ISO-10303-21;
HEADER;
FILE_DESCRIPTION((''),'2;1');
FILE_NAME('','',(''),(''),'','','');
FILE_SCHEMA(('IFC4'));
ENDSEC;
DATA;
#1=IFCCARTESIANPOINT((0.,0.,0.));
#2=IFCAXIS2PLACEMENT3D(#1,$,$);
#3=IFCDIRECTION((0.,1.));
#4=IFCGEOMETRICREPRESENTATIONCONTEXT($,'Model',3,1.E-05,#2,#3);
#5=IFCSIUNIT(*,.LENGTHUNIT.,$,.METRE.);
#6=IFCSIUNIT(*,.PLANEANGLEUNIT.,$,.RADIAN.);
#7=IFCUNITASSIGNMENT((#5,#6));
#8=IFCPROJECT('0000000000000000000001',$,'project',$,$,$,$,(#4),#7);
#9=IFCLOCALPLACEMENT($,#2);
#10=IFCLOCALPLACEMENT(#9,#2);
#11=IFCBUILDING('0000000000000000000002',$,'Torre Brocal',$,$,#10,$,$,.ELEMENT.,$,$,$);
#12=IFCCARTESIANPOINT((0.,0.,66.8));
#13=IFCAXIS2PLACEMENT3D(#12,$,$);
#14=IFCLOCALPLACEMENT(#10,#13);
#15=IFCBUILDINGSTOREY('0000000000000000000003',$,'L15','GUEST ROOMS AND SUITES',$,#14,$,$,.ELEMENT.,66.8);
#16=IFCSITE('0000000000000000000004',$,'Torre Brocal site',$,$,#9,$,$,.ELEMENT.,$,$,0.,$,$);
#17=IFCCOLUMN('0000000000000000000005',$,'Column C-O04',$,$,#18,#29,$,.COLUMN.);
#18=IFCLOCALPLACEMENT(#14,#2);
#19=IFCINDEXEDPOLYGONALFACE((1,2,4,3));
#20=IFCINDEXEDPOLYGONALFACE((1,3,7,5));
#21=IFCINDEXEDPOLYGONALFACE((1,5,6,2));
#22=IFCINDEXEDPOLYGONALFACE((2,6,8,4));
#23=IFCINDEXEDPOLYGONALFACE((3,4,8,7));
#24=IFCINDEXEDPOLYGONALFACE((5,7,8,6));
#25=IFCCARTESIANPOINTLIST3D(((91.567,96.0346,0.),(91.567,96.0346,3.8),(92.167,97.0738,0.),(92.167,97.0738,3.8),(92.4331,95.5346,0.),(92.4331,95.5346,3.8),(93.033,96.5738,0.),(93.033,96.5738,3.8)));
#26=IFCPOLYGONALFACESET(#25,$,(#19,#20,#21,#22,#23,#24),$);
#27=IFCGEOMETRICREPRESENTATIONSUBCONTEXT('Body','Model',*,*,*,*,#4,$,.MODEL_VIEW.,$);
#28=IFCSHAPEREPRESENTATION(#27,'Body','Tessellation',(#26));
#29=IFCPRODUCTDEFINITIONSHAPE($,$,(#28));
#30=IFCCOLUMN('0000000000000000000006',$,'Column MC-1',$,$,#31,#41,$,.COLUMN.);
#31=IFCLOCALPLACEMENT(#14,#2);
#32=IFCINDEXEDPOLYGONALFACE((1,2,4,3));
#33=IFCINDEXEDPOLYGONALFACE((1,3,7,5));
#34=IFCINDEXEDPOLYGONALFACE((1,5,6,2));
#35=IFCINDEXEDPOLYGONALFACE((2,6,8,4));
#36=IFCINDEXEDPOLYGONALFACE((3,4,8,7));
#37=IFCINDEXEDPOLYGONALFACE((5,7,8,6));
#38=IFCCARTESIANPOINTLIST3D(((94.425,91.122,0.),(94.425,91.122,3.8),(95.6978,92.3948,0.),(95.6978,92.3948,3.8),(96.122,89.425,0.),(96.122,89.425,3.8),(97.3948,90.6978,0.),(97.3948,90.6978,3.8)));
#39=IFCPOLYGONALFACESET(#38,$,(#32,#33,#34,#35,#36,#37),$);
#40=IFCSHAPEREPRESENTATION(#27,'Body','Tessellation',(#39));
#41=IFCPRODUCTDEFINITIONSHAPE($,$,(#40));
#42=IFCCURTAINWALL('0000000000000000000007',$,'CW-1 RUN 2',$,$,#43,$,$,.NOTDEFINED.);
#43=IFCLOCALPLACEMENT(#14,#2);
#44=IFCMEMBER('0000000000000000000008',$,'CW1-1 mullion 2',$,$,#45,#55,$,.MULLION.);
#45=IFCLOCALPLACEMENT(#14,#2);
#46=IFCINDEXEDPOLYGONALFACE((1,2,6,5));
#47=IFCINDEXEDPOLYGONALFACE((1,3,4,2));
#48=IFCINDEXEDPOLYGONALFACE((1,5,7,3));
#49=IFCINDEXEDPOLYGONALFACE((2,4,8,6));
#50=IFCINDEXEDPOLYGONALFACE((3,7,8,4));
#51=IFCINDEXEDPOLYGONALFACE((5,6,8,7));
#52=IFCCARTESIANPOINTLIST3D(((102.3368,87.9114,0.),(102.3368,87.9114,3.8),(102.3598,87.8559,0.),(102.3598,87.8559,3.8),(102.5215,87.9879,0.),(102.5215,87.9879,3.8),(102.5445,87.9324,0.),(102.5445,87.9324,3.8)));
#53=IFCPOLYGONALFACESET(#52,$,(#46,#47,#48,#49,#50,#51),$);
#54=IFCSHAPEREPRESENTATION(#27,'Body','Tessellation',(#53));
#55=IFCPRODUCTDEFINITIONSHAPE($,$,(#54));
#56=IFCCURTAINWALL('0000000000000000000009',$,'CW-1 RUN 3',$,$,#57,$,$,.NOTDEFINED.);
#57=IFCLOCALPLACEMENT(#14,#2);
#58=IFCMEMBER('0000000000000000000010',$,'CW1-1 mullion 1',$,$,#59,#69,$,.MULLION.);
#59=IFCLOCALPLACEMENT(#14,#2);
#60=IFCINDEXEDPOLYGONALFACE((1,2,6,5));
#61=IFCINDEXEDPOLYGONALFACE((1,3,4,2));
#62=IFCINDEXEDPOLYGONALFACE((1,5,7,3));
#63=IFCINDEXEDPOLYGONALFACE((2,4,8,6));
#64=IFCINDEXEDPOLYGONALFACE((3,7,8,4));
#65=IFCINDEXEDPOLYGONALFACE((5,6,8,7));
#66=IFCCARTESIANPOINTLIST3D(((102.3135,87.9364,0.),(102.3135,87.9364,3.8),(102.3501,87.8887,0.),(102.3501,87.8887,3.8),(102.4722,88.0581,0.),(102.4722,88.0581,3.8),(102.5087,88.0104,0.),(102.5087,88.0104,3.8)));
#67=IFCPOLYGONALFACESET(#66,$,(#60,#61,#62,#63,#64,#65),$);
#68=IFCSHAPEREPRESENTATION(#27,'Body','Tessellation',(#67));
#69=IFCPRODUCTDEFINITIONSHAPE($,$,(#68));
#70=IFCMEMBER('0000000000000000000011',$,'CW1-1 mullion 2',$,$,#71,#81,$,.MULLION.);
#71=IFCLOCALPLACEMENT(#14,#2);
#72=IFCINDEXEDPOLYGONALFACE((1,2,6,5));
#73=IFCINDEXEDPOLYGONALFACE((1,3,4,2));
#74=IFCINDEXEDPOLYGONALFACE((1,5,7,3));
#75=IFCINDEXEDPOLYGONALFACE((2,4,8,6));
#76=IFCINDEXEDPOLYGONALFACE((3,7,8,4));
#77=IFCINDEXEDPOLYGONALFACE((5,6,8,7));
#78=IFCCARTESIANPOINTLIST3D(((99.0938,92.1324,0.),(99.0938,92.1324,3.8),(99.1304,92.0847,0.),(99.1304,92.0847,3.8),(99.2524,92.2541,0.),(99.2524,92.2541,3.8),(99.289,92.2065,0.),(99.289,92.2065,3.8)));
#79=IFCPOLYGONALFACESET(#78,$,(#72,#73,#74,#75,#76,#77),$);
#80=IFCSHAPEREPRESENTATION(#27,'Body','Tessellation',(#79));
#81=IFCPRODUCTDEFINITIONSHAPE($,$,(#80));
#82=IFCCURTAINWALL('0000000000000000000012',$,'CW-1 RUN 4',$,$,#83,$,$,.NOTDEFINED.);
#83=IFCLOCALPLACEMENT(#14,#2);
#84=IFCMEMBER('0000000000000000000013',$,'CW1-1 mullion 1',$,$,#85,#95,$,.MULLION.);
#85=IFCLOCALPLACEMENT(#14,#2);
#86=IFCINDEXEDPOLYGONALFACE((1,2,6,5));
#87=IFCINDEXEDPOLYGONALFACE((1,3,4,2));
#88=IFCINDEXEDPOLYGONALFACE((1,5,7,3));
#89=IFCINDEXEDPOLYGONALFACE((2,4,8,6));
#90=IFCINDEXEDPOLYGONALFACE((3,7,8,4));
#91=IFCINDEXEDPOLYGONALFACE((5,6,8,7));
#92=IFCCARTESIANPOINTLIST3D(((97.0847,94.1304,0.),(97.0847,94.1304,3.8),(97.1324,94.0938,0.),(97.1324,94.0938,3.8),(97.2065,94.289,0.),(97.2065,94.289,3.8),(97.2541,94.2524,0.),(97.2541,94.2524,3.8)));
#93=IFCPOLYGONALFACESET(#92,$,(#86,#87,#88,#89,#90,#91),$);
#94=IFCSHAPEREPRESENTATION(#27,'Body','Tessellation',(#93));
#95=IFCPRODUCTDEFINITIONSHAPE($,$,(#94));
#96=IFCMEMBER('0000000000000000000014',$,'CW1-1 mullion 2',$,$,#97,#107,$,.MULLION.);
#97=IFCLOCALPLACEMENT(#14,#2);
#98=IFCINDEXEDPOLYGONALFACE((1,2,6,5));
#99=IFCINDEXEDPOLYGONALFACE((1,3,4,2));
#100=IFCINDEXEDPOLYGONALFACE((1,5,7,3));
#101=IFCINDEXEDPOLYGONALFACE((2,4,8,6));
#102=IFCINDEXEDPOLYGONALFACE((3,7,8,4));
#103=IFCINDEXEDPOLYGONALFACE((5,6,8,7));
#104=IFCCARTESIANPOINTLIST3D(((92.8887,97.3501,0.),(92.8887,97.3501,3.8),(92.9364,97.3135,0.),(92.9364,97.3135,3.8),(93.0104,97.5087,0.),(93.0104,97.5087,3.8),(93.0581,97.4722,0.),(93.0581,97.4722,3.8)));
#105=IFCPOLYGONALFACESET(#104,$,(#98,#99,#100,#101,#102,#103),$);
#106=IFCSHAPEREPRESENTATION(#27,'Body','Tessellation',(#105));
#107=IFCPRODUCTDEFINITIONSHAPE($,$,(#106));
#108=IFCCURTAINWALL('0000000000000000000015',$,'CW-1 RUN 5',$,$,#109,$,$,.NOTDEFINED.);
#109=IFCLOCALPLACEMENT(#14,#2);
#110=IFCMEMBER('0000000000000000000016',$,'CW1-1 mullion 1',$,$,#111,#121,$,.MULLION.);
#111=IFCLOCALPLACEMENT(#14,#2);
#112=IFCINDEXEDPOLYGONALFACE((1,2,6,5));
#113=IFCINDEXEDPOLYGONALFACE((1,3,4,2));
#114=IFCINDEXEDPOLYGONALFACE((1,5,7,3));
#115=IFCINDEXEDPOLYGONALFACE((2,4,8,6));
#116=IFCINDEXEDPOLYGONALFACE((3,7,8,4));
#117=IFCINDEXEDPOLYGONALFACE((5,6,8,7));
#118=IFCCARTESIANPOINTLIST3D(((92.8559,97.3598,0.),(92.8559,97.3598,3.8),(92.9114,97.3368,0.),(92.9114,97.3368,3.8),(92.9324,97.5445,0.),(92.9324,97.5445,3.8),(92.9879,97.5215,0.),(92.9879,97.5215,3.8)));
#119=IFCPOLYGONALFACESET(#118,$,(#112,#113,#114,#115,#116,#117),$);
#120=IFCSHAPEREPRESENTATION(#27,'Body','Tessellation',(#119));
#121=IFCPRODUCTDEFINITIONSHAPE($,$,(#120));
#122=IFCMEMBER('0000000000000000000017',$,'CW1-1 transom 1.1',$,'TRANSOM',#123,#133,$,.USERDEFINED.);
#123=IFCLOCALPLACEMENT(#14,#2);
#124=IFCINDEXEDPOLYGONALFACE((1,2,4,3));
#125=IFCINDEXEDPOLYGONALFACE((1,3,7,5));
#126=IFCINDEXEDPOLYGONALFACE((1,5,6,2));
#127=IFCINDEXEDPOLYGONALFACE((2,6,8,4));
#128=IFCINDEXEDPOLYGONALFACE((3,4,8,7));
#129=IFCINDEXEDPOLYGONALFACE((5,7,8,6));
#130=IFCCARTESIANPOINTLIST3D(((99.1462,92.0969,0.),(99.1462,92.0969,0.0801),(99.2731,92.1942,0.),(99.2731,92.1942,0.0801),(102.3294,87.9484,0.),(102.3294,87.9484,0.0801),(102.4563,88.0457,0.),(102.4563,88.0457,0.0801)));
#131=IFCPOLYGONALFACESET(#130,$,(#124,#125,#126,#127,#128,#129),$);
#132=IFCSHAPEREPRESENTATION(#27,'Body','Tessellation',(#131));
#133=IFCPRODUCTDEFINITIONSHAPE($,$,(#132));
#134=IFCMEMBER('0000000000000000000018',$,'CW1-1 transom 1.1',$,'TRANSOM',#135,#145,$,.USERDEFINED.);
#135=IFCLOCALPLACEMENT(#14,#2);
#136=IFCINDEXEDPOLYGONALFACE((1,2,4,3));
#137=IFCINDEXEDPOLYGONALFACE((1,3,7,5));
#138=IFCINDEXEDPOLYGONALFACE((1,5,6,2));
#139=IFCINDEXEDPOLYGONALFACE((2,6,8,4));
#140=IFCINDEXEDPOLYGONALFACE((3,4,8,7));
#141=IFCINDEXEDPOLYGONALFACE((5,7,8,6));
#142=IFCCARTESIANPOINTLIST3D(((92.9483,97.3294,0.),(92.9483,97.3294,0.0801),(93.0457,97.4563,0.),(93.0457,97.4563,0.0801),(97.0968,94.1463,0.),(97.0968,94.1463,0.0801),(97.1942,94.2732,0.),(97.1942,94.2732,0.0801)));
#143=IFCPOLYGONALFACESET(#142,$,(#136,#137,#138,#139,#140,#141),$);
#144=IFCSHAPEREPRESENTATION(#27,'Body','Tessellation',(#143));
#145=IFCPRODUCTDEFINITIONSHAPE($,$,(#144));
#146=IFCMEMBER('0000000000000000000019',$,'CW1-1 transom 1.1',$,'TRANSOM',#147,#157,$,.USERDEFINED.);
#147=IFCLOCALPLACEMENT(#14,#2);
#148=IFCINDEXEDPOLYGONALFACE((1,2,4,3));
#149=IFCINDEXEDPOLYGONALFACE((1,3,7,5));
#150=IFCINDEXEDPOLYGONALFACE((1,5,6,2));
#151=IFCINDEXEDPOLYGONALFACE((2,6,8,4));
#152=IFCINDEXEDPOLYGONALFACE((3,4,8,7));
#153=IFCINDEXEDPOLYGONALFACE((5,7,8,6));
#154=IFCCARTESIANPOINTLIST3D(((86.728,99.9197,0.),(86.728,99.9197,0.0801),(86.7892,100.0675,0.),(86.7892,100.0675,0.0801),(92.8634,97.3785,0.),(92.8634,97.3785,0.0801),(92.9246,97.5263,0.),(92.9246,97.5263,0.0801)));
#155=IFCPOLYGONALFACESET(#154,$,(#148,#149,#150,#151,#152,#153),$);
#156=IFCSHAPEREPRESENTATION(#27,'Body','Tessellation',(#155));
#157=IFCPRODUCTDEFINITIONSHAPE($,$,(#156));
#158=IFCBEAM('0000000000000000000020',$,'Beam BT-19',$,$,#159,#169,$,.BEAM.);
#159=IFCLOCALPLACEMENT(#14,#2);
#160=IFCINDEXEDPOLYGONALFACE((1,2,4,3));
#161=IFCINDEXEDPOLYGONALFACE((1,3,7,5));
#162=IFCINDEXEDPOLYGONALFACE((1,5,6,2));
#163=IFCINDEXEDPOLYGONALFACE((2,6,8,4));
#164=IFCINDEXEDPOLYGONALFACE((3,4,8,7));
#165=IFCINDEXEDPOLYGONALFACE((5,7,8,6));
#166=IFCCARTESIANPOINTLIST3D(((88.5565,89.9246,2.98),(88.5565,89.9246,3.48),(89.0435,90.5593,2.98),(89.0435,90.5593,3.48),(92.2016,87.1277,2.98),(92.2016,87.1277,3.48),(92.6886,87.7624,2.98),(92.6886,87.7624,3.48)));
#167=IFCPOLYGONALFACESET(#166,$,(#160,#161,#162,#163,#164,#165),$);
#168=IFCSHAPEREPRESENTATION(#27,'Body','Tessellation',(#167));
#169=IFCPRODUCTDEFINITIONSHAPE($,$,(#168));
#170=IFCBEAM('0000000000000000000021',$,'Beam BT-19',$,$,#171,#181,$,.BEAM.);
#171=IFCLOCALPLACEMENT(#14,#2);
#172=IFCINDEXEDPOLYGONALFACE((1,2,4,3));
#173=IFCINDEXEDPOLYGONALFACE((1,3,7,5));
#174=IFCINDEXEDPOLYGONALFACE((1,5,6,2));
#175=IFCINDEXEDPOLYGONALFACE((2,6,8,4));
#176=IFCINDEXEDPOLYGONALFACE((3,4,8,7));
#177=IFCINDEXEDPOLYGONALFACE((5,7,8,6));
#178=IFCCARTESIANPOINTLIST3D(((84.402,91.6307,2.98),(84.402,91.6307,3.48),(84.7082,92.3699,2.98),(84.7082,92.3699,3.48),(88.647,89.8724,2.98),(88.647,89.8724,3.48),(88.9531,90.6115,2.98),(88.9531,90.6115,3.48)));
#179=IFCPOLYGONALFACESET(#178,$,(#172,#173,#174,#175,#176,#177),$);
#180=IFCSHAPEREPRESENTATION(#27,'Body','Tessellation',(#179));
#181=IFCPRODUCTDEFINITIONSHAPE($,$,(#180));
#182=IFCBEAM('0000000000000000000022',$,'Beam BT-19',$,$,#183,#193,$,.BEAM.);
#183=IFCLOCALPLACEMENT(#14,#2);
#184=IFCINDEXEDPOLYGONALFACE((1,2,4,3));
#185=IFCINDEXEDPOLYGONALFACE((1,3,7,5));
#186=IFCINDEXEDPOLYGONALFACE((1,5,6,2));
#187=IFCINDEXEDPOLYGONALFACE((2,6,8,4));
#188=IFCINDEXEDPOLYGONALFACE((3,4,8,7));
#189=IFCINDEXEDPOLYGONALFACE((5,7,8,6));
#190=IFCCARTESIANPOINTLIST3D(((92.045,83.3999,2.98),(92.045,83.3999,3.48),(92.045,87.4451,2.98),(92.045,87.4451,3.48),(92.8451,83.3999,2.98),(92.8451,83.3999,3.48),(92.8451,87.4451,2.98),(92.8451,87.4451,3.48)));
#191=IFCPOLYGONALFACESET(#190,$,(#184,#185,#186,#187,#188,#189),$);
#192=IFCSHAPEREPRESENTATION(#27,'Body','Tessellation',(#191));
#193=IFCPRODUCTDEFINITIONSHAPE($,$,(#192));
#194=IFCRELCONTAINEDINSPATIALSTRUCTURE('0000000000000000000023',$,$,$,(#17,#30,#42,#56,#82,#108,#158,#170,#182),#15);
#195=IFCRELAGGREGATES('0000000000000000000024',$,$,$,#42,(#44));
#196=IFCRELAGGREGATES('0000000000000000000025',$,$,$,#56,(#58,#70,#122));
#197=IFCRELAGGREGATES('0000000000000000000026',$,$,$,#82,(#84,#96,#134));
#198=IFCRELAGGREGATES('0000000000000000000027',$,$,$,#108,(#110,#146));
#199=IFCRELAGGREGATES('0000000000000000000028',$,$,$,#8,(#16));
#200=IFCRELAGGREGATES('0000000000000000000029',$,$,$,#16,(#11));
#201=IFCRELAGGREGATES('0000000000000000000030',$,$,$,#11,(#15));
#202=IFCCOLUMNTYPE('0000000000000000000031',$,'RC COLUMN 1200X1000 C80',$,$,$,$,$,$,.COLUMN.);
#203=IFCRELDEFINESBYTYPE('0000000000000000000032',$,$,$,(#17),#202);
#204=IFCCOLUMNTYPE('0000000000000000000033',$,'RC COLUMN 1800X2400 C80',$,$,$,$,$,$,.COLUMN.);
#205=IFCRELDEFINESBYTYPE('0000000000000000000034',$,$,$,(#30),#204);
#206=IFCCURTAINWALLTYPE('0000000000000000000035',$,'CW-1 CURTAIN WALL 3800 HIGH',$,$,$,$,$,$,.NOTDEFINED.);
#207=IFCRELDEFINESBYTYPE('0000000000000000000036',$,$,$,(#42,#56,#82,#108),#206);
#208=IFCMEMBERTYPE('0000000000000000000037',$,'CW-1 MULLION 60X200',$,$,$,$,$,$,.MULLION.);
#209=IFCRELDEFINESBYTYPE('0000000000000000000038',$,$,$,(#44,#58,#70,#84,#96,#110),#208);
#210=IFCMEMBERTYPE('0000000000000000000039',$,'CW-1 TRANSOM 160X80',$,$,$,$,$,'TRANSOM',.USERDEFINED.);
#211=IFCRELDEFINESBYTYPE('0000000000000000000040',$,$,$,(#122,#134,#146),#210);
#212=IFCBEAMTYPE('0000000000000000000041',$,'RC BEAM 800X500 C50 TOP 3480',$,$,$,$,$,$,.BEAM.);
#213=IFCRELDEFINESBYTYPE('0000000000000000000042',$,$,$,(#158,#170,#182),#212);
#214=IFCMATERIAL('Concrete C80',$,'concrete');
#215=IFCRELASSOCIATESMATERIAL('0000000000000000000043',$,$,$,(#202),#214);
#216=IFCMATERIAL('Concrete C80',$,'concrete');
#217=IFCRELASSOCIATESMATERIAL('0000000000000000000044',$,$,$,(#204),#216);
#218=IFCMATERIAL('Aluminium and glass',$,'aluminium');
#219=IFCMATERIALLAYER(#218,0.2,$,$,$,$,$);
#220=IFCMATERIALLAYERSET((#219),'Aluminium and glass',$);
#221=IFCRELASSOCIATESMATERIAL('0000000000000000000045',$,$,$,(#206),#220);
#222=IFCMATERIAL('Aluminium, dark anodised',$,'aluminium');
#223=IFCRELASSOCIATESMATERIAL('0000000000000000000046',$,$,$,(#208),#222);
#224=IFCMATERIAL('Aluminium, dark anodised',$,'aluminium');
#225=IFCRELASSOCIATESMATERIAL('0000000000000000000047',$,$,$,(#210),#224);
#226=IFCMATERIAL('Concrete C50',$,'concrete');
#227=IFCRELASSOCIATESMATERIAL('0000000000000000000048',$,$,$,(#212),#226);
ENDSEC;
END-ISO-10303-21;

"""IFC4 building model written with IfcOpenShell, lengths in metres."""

from ifc_helpers import new_model, si_unit, direction, frame, origin, origin_2d, place, context, subcontext, project, spatial, rectangle, extrude, material, layer, layer_set, material_profile, profile_set, type_object, element, aggregate, save


model = new_model("IFC4")

# Units and contexts
model_context = context("Model", 3, precision=1e-05, world=origin(), true_north=direction((0.0, 1.0)))
body_context = subcontext(model_context, "Body", "Model", "MODEL_VIEW")
ifc_project = project(units=[si_unit("LENGTHUNIT", "METRE"), si_unit("PLANEANGLEUNIT", "RADIAN")], contexts=[model_context])

# Site, building, storey
site_placement = place(None, origin())
site = spatial("IfcSite", under=ifc_project, at=site_placement, Name="Torre Brocal site", CompositionType="ELEMENT", RefElevation=0.0)
building_placement = place(site_placement, origin())
building = spatial("IfcBuilding", under=site, at=building_placement, Name="Torre Brocal", CompositionType="ELEMENT")
storey_placement = place(building_placement, frame((0.0, 0.0, 66.8)))
storey = spatial("IfcBuildingStorey", under=building, at=storey_placement, Name="L15", Description="GUEST ROOMS AND SUITES", CompositionType="ELEMENT", Elevation=66.8)

# Columns
ifc_material_1 = material(Name="Concrete C80", Category="concrete")
ifc_material_profile_1 = material_profile(ifc_material_1, rectangle(XDim=1.2, YDim=1.0, at=origin_2d()), Name="RC 1200X1000")
ifc_profile_set_1 = profile_set([ifc_material_profile_1], Name="Concrete C80")
column_type_1 = type_object("IfcColumnType", Name="RC COLUMN 1200X1000 C80", PredefinedType="COLUMN", material=ifc_profile_set_1)
column_1_placement = place(storey_placement, frame((92.3, 96.3042, 0.0), z_axis=(0.0, 0.0, 1.0), x_axis=(0.5, 0.866025, 0.0)))
element("IfcColumn", 1, at=column_1_placement, inside=storey, type_object=column_type_1, Name="Column C-O04", PredefinedType="COLUMN", context=body_context, shape_type="SweptSolid", body=[
    extrude(rectangle(XDim=1.2, YDim=1.0, at=origin_2d()), origin(), (0.0, 0.0, 1.0), 3.8),
])
ifc_material_2 = material(Name="Concrete C80", Category="concrete")
ifc_material_profile_2 = material_profile(ifc_material_2, rectangle(XDim=1.8, YDim=2.3999, at=origin_2d()), Name="RC 1800X2400")
ifc_profile_set_2 = profile_set([ifc_material_profile_2], Name="Concrete C80")
column_type_2 = type_object("IfcColumnType", Name="RC COLUMN 1800X2400 C80", PredefinedType="COLUMN", material=ifc_profile_set_2)
column_2_placement = place(storey_placement, frame((95.9099, 90.9099, 0.0), z_axis=(0.0, 0.0, 1.0), x_axis=(0.707107, 0.707107, 0.0)))
element("IfcColumn", 2, at=column_2_placement, inside=storey, type_object=column_type_2, Name="Column MC-1", PredefinedType="COLUMN", context=body_context, shape_type="SweptSolid", body=[
    extrude(rectangle(XDim=1.8, YDim=2.3999, at=origin_2d()), origin(), (0.0, 0.0, 1.0), 3.8),
])

# Curtain wall, member
ifc_material_3 = material(Name="Aluminium and glass", Category="aluminium")
ifc_layer_1 = layer(ifc_material_3, 0.2)
ifc_layer_set_1 = layer_set([ifc_layer_1], Name="Aluminium and glass")
curtain_wall_type = type_object("IfcCurtainWallType", Name="CW-1 CURTAIN WALL 3800 HIGH", PredefinedType="NOTDEFINED", material=ifc_layer_set_1)
curtain_wall_1_placement = place(storey_placement, origin())
curtain_wall_1 = element("IfcCurtainWall", 3, at=curtain_wall_1_placement, inside=storey, type_object=curtain_wall_type, Name="CW-1 RUN 2", PredefinedType="NOTDEFINED")
ifc_material_4 = material(Name="Aluminium, dark anodised", Category="aluminium")
ifc_material_profile_3 = material_profile(ifc_material_4, rectangle(XDim=0.2, YDim=0.0601, at=origin_2d()), Name="CW-1 MULLION 60X200")
ifc_profile_set_3 = profile_set([ifc_material_profile_3], Name="Aluminium, dark anodised")
member_type_1 = type_object("IfcMemberType", Name="CW-1 MULLION 60X200", PredefinedType="MULLION", material=ifc_profile_set_3)
member_1_placement = place(storey_placement, frame((102.4407, 87.9219, 0.0), z_axis=(0.0, 0.0, 1.0), x_axis=(-0.92388, -0.382683, 0.0)))
member_1 = element("IfcMember", 4, at=member_1_placement, type_object=member_type_1, Name="CW1-1 mullion 2", PredefinedType="MULLION", context=body_context, shape_type="SweptSolid", body=[
    extrude(rectangle(XDim=0.2, YDim=0.0601, at=origin_2d()), origin(), (0.0, 0.0, 1.0), 3.8),
])
aggregate(curtain_wall_1, [member_1])

# Curtain walls, members
curtain_wall_2_placement = place(storey_placement, origin())
curtain_wall_2 = element("IfcCurtainWall", 5, at=curtain_wall_2_placement, inside=storey, type_object=curtain_wall_type, Name="CW-1 RUN 3", PredefinedType="NOTDEFINED")
member_2_placement = place(storey_placement, frame((102.4111, 87.9734, 0.0), z_axis=(0.0, 0.0, 1.0), x_axis=(-0.793353, -0.608761, 0.0)))
member_2 = element("IfcMember", 6, at=member_2_placement, type_object=member_type_1, Name="CW1-1 mullion 1", PredefinedType="MULLION", context=body_context, shape_type="SweptSolid", body=[
    extrude(rectangle(XDim=0.2, YDim=0.0601, at=origin_2d()), origin(), (0.0, 0.0, 1.0), 3.8),
])
member_3_placement = place(storey_placement, frame((99.1914, 92.1694, 0.0), z_axis=(0.0, 0.0, 1.0), x_axis=(-0.793353, -0.608761, 0.0)))
member_3 = element("IfcMember", 7, at=member_3_placement, type_object=member_type_1, Name="CW1-1 mullion 2", PredefinedType="MULLION", context=body_context, shape_type="SweptSolid", body=[
    extrude(rectangle(XDim=0.2, YDim=0.0601, at=origin_2d()), origin(), (0.0, 0.0, 1.0), 3.8),
])
curtain_wall_3_placement = place(storey_placement, origin())
curtain_wall_3 = element("IfcCurtainWall", 8, at=curtain_wall_3_placement, inside=storey, type_object=curtain_wall_type, Name="CW-1 RUN 4", PredefinedType="NOTDEFINED")
member_4_placement = place(storey_placement, frame((97.1694, 94.1914, 0.0), z_axis=(0.0, 0.0, 1.0), x_axis=(-0.608761, -0.793353, 0.0)))
member_4 = element("IfcMember", 9, at=member_4_placement, type_object=member_type_1, Name="CW1-1 mullion 1", PredefinedType="MULLION", context=body_context, shape_type="SweptSolid", body=[
    extrude(rectangle(XDim=0.2, YDim=0.0601, at=origin_2d()), origin(), (0.0, 0.0, 1.0), 3.8),
])
member_5_placement = place(storey_placement, frame((92.9734, 97.4111, 0.0), z_axis=(0.0, 0.0, 1.0), x_axis=(-0.608761, -0.793353, 0.0)))
member_5 = element("IfcMember", 10, at=member_5_placement, type_object=member_type_1, Name="CW1-1 mullion 2", PredefinedType="MULLION", context=body_context, shape_type="SweptSolid", body=[
    extrude(rectangle(XDim=0.2, YDim=0.0601, at=origin_2d()), origin(), (0.0, 0.0, 1.0), 3.8),
])

# Curtain wall, member
curtain_wall_4_placement = place(storey_placement, origin())
curtain_wall_4 = element("IfcCurtainWall", 11, at=curtain_wall_4_placement, inside=storey, type_object=curtain_wall_type, Name="CW-1 RUN 5", PredefinedType="NOTDEFINED")
member_6_placement = place(storey_placement, frame((92.9219, 97.4407, 0.0), z_axis=(0.0, 0.0, 1.0), x_axis=(-0.382683, -0.92388, 0.0)))
member_6 = element("IfcMember", 12, at=member_6_placement, type_object=member_type_1, Name="CW1-1 mullion 1", PredefinedType="MULLION", context=body_context, shape_type="SweptSolid", body=[
    extrude(rectangle(XDim=0.2, YDim=0.0601, at=origin_2d()), origin(), (0.0, 0.0, 1.0), 3.8),
])

# Members
ifc_material_5 = material(Name="Aluminium, dark anodised", Category="aluminium")
ifc_material_profile_4 = material_profile(ifc_material_5, rectangle(XDim=0.1599, YDim=0.0801, at=origin_2d()), Name="CW-1 TRANSOM 160X80")
ifc_profile_set_4 = profile_set([ifc_material_profile_4], Name="Aluminium, dark anodised")
member_type_2 = type_object("IfcMemberType", Name="CW-1 TRANSOM 160X80", ElementType="TRANSOM", PredefinedType="USERDEFINED", material=ifc_profile_set_4)
member_7_placement = place(storey_placement, frame((102.3928, 87.9971, 0.04), z_axis=(-0.608749, 0.793363, 0.0), x_axis=(-0.793363, -0.608749, 0.0)))
member_7 = element("IfcMember", 13, at=member_7_placement, type_object=member_type_2, Name="CW1-1 transom 1.1", ObjectType="TRANSOM", PredefinedType="USERDEFINED", context=body_context, shape_type="SweptSolid", body=[
    extrude(rectangle(XDim=0.1599, YDim=0.0801, at=origin_2d()), origin(), (0.0, 0.0, 1.0), 5.229),
])
member_8_placement = place(storey_placement, frame((97.1455, 94.2097, 0.04), z_axis=(-0.793363, 0.608749, 0.0), x_axis=(-0.608749, -0.793363, 0.0)))
member_8 = element("IfcMember", 14, at=member_8_placement, type_object=member_type_2, Name="CW1-1 transom 1.1", ObjectType="TRANSOM", PredefinedType="USERDEFINED", context=body_context, shape_type="SweptSolid", body=[
    extrude(rectangle(XDim=0.1599, YDim=0.0801, at=origin_2d()), origin(), (0.0, 0.0, 1.0), 5.229),
])
member_9_placement = place(storey_placement, frame((92.894, 97.4524, 0.04), z_axis=(-0.923887, 0.382665, 0.0), x_axis=(-0.382665, -0.923887, 0.0)))
member_9 = element("IfcMember", 15, at=member_9_placement, type_object=member_type_2, Name="CW1-1 transom 1.1", ObjectType="TRANSOM", PredefinedType="USERDEFINED", context=body_context, shape_type="SweptSolid", body=[
    extrude(rectangle(XDim=0.1599, YDim=0.0801, at=origin_2d()), origin(), (0.0, 0.0, 1.0), 6.6409),
])

# Beams
ifc_material_6 = material(Name="Concrete C50", Category="concrete")
ifc_material_profile_5 = material_profile(ifc_material_6, rectangle(XDim=0.8, YDim=0.5, at=origin_2d()), Name="RC 800X500")
ifc_profile_set_5 = profile_set([ifc_material_profile_5], Name="Concrete C50")
beam_type_1 = type_object("IfcBeamType", Name="RC BEAM 800X500 C50 TOP 3480", PredefinedType="BEAM", material=ifc_profile_set_5)
beam_1_placement = place(storey_placement, frame((92.4451, 87.4451, 3.23), z_axis=(-0.793358, 0.608755, 0.0), x_axis=(-0.608755, -0.793358, 0.0)))
element("IfcBeam", 16, at=beam_1_placement, inside=storey, type_object=beam_type_1, Name="Beam BT-19", PredefinedType="BEAM", context=body_context, shape_type="SweptSolid", body=[
    extrude(rectangle(XDim=0.8, YDim=0.5, at=origin_2d()), origin(), (0.0, 0.0, 1.0), 4.5945),
])
beam_2_placement = place(storey_placement, frame((88.8, 90.2419, 3.23), z_axis=(-0.923878, 0.382687, 0.0), x_axis=(-0.382687, -0.923878, 0.0)))
element("IfcBeam", 17, at=beam_2_placement, inside=storey, type_object=beam_type_1, Name="Beam BT-19", PredefinedType="BEAM", context=body_context, shape_type="SweptSolid", body=[
    extrude(rectangle(XDim=0.8, YDim=0.5, at=origin_2d()), origin(), (0.0, 0.0, 1.0), 4.5947),
])
beam_3_placement = place(storey_placement, frame((92.4451, 87.4451, 3.23), z_axis=(0.0, -1.0, 0.0), x_axis=(1.0, 0.0, 0.0)))
element("IfcBeam", 18, at=beam_3_placement, inside=storey, type_object=beam_type_1, Name="Beam BT-19", PredefinedType="BEAM", context=body_context, shape_type="SweptSolid", body=[
    extrude(rectangle(XDim=0.8, YDim=0.5, at=origin_2d()), origin(), (0.0, 0.0, 1.0), 4.0452),
])

aggregate(curtain_wall_2, [member_2, member_3, member_7])
aggregate(curtain_wall_3, [member_4, member_5, member_8])
aggregate(curtain_wall_4, [member_6, member_9])

save(model, "model.ifc")
